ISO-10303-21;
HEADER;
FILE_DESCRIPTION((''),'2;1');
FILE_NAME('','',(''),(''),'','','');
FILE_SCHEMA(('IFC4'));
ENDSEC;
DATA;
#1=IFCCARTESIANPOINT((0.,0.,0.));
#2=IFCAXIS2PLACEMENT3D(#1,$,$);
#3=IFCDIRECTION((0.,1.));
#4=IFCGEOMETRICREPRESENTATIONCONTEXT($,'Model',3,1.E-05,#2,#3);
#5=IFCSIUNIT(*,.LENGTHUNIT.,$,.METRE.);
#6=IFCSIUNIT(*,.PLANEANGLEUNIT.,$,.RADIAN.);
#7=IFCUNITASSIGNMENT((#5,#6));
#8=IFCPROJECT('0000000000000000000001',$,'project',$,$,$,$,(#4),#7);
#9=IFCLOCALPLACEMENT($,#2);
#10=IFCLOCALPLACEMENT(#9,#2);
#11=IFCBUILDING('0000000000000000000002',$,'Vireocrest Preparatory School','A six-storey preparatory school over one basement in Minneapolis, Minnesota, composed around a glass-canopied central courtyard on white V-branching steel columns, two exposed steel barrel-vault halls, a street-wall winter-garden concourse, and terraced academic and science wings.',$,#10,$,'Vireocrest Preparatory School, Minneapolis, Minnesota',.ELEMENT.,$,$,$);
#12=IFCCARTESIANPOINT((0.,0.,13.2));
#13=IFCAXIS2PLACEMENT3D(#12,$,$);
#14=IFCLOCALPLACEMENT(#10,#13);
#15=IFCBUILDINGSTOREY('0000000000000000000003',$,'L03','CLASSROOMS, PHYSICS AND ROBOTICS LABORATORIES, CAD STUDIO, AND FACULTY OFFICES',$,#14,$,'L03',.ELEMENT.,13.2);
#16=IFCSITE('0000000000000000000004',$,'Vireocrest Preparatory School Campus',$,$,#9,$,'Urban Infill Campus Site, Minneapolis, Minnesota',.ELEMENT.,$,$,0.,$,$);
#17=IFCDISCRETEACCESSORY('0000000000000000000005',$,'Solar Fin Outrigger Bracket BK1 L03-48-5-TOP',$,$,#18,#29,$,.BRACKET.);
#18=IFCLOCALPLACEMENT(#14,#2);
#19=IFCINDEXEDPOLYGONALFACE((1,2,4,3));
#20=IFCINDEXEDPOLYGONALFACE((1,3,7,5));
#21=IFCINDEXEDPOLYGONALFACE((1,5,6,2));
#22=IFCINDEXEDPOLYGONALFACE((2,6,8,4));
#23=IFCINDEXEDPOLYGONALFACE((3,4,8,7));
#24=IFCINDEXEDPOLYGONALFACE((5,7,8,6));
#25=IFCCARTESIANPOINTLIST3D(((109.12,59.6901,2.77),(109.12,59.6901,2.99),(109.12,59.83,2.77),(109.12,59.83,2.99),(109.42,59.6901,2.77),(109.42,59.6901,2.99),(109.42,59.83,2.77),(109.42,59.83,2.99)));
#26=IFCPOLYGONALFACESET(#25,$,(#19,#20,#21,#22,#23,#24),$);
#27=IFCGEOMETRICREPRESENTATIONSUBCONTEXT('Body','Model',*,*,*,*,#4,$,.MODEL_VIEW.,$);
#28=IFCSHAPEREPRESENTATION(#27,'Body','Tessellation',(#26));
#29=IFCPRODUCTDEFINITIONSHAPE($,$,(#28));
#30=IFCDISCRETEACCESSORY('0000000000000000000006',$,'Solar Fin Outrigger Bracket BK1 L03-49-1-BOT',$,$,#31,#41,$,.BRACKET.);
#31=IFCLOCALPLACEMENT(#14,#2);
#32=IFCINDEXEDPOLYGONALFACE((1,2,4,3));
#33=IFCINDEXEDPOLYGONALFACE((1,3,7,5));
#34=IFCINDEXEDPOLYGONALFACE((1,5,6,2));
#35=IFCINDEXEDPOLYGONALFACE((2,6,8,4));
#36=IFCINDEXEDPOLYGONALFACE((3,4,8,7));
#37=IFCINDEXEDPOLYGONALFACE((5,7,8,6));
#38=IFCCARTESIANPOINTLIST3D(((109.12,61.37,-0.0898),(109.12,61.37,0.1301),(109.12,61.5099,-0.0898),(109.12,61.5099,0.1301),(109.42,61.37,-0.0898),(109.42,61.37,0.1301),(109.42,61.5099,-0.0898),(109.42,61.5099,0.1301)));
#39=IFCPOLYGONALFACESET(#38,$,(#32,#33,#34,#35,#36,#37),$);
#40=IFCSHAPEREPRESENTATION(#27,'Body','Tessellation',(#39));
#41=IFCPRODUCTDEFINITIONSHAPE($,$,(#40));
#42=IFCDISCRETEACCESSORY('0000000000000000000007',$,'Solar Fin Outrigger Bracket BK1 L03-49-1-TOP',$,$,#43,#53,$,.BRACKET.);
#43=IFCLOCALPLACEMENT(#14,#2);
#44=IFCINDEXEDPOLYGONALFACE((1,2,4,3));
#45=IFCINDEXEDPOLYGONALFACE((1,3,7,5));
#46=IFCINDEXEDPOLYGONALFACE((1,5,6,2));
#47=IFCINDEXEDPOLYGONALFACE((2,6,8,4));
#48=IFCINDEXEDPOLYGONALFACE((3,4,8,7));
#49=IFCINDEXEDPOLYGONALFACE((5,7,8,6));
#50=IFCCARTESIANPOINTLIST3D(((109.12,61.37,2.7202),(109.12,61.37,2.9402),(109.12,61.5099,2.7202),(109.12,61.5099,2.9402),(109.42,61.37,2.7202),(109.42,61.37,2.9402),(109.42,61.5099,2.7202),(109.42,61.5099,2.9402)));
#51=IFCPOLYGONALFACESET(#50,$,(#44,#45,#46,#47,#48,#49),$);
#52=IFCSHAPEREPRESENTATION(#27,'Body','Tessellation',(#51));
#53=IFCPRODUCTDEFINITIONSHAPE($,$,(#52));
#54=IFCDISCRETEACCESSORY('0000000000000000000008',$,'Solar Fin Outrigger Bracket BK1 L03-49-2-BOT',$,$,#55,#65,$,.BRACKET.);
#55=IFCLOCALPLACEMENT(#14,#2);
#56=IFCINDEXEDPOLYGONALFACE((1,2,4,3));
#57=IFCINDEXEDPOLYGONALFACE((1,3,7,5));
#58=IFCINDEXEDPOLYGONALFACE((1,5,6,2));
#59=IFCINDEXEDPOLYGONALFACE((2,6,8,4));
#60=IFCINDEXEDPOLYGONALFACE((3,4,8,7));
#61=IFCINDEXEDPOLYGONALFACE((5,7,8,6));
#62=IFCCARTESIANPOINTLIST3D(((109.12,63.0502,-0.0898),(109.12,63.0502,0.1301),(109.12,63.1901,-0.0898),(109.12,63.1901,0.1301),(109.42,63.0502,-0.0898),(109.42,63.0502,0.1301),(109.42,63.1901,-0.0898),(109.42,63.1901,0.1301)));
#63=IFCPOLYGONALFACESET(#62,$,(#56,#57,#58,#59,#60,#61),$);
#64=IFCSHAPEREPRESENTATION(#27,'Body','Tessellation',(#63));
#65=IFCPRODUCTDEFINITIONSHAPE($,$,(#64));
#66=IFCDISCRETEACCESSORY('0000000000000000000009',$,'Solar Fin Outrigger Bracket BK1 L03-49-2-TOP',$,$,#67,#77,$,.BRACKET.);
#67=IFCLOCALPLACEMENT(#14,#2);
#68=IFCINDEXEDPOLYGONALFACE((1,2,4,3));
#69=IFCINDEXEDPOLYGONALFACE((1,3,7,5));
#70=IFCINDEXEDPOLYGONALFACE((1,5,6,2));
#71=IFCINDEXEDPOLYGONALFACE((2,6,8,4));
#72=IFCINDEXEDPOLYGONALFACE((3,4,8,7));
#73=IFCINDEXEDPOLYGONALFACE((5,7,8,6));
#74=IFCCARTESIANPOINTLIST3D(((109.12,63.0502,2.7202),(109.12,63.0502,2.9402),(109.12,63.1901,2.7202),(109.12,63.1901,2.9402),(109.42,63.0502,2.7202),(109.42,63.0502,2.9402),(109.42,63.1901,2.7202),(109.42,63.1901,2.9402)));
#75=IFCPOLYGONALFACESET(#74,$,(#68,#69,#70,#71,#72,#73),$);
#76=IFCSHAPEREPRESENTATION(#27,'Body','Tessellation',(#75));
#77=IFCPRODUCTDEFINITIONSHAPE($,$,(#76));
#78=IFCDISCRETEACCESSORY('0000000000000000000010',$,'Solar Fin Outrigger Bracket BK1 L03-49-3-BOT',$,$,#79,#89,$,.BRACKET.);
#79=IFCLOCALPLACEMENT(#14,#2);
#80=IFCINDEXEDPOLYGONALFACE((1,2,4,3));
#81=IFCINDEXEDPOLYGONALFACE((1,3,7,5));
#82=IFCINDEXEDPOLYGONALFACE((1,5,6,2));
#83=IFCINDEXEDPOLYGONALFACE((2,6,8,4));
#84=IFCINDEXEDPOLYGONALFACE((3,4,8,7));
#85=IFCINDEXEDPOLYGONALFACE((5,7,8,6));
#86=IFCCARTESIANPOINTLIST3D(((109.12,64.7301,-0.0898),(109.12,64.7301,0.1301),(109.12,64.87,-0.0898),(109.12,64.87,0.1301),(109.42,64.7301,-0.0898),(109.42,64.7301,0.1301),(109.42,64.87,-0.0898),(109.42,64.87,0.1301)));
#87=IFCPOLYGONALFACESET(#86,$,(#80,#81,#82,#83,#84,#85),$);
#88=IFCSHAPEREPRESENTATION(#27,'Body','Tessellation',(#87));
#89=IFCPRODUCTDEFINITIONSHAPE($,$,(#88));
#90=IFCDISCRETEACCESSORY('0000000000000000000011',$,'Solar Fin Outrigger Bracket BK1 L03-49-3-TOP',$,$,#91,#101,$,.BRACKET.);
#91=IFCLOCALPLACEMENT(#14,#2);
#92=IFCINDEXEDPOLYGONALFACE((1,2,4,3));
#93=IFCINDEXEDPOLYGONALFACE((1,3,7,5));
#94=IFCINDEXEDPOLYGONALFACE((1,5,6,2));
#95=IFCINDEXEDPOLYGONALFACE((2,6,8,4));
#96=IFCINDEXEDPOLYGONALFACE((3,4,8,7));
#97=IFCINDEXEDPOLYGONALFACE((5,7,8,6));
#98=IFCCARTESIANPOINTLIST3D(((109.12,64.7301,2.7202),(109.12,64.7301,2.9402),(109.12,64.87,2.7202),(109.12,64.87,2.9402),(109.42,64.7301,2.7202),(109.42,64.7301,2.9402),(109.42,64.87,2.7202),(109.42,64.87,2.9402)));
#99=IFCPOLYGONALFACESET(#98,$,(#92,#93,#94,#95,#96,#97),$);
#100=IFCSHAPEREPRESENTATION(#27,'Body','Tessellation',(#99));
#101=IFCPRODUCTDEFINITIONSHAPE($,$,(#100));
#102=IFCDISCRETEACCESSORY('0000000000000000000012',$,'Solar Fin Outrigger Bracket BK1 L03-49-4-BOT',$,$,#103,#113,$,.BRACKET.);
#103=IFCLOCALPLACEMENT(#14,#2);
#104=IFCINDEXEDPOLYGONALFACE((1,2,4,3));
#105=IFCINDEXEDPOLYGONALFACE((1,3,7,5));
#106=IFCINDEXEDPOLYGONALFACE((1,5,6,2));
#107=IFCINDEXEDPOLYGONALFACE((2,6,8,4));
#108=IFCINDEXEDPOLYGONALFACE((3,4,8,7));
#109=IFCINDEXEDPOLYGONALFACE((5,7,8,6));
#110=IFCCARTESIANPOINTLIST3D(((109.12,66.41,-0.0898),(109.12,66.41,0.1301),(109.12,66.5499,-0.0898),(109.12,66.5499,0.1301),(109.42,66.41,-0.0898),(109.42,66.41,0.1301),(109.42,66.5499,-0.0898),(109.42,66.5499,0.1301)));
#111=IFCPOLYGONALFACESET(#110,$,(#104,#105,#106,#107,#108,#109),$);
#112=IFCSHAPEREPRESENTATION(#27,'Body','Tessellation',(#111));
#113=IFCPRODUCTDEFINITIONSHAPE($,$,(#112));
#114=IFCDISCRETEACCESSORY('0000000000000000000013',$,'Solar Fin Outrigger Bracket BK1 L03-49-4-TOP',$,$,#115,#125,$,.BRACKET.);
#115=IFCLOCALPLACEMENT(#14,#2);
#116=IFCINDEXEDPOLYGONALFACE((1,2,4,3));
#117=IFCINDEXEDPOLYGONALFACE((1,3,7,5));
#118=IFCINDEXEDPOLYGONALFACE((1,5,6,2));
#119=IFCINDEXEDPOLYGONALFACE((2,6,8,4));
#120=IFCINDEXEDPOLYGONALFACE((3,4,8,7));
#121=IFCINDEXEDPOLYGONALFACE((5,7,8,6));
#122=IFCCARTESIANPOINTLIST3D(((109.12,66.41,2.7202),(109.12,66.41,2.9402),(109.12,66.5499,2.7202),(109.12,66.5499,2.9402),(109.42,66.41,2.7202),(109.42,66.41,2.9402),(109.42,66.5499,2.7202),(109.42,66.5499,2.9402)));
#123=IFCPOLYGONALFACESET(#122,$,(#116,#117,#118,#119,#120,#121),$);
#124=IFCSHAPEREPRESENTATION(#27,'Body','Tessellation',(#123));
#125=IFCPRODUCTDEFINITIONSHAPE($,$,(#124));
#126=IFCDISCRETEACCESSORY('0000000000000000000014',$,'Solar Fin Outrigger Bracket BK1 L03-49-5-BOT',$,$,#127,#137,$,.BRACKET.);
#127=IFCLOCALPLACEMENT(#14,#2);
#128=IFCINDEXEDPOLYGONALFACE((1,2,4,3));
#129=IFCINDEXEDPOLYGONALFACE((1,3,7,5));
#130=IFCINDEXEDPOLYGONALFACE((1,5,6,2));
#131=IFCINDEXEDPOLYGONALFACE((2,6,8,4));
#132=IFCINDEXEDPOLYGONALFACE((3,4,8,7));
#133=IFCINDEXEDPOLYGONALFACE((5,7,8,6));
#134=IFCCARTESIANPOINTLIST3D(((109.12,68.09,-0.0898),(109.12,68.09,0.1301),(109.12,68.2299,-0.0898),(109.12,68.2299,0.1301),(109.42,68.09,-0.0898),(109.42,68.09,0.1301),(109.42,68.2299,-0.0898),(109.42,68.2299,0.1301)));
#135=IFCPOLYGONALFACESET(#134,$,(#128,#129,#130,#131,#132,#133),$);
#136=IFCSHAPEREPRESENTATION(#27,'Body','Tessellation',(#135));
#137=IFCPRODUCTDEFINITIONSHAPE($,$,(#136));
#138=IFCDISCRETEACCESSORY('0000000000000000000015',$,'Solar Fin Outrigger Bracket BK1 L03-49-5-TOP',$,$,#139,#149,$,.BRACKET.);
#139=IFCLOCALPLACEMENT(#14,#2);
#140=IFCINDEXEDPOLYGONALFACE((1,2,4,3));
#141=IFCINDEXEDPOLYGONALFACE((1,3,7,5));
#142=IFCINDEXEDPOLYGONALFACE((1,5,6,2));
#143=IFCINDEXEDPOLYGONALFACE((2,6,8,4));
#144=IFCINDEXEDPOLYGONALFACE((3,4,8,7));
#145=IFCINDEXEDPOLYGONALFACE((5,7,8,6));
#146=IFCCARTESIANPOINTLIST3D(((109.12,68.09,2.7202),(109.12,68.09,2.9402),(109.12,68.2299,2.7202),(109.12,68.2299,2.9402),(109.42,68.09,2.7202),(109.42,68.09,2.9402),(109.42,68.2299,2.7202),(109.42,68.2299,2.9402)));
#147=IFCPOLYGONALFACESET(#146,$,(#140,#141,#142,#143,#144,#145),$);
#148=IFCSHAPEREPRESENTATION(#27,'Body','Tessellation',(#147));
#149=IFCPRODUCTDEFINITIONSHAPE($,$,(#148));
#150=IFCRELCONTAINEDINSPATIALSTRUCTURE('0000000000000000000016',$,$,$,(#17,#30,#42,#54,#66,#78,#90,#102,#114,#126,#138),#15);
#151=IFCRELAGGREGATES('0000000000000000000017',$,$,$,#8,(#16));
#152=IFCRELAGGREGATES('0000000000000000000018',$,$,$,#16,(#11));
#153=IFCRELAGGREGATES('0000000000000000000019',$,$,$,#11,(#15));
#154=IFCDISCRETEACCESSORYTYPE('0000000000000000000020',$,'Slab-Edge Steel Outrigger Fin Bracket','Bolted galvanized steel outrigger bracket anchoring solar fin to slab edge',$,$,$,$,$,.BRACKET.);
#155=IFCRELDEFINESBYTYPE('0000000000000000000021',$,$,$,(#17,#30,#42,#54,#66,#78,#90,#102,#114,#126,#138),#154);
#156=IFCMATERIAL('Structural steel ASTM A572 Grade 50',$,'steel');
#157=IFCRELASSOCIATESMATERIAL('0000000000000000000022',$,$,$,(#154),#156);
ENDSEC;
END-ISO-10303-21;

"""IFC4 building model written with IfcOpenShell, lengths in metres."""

from ifc_helpers import new_model, si_unit, direction, frame, origin, origin_2d, place, context, subcontext, project, spatial, rectangle, extrude, material, type_object, element, save


model = new_model("IFC4")

# Units and contexts
model_context = context("Model", 3, precision=1e-05, world=origin(), true_north=direction((0.0, 1.0)))
body_context = subcontext(model_context, "Body", "Model", "MODEL_VIEW")
ifc_project = project(units=[si_unit("LENGTHUNIT", "METRE"), si_unit("PLANEANGLEUNIT", "RADIAN")], contexts=[model_context])

# Site, building, storey
site_placement = place(None, origin())
site = spatial("IfcSite", under=ifc_project, at=site_placement, Name="Vireocrest Preparatory School Campus", LongName="Urban Infill Campus Site, Minneapolis, Minnesota", CompositionType="ELEMENT", RefElevation=0.0)
building_placement = place(site_placement, origin())
building = spatial("IfcBuilding", under=site, at=building_placement, Name="Vireocrest Preparatory School", Description="A six-storey preparatory school over one basement in Minneapolis, Minnesota, composed around a glass-canopied central courtyard on white V-branching steel columns, two exposed steel barrel-vault halls, a street-wall winter-garden concourse, and terraced academic and science wings.", LongName="Vireocrest Preparatory School, Minneapolis, Minnesota", CompositionType="ELEMENT")
storey_placement = place(building_placement, frame((0.0, 0.0, 13.2)))
storey = spatial("IfcBuildingStorey", under=building, at=storey_placement, Name="L03", Description="CLASSROOMS, PHYSICS AND ROBOTICS LABORATORIES, CAD STUDIO, AND FACULTY OFFICES", LongName="L03", CompositionType="ELEMENT", Elevation=13.2)

# Discrete accessories
ifc_material_1 = material(Name="Structural steel ASTM A572 Grade 50", Category="steel")
discrete_accessory_type = type_object("IfcDiscreteAccessoryType", Name="Slab-Edge Steel Outrigger Fin Bracket", Description="Bolted galvanized steel outrigger bracket anchoring solar fin to slab edge", PredefinedType="BRACKET", material=ifc_material_1)
for number, where, z_axis, x_axis, name in (
    (1, (109.27, 59.76, 2.77), (0.0, 0.0, 1.0), (0.0, -1.0, 0.0), "Solar Fin Outrigger Bracket BK1 L03-48-5-TOP"),
    (2, (109.27, 61.4399, -0.0898), (0.0, 0.0, 1.0), (0.0, -1.0, 0.0), "Solar Fin Outrigger Bracket BK1 L03-49-1-BOT"),
    (3, (109.27, 61.4399, 2.7202), (0.0, 0.0, 1.0), (0.0, -1.0, 0.0), "Solar Fin Outrigger Bracket BK1 L03-49-1-TOP"),
    (4, (109.27, 63.1201, -0.0898), (0.0, 0.0, 1.0), (0.0, -1.0, 0.0), "Solar Fin Outrigger Bracket BK1 L03-49-2-BOT"),
    (5, (109.27, 63.1201, 2.7202), (0.0, 0.0, 1.0), (0.0, -1.0, 0.0), "Solar Fin Outrigger Bracket BK1 L03-49-2-TOP"),
    (6, (109.27, 64.8, -0.0898), (0.0, 0.0, 1.0), (0.0, -1.0, 0.0), "Solar Fin Outrigger Bracket BK1 L03-49-3-BOT"),
    (7, (109.27, 64.8, 2.7202), (0.0, 0.0, 1.0), (0.0, -1.0, 0.0), "Solar Fin Outrigger Bracket BK1 L03-49-3-TOP"),
    (8, (109.27, 66.48, -0.0898), (0.0, 0.0, 1.0), (0.0, -1.0, 0.0), "Solar Fin Outrigger Bracket BK1 L03-49-4-BOT"),
    (9, (109.27, 66.48, 2.7202), (0.0, 0.0, 1.0), (0.0, -1.0, 0.0), "Solar Fin Outrigger Bracket BK1 L03-49-4-TOP"),
    (10, (109.27, 68.1599, -0.0898), (0.0, 0.0, 1.0), (0.0, -1.0, 0.0), "Solar Fin Outrigger Bracket BK1 L03-49-5-BOT"),
    (11, (109.27, 68.1599, 2.7202), (0.0, 0.0, 1.0), (0.0, -1.0, 0.0), "Solar Fin Outrigger Bracket BK1 L03-49-5-TOP"),
):
    element("IfcDiscreteAccessory", number, at=place(storey_placement, frame(where, z_axis=z_axis, x_axis=x_axis)), inside=storey, type_object=discrete_accessory_type, Name=name, PredefinedType="BRACKET", context=body_context, shape_type="SweptSolid", body=[
        extrude(rectangle(XDim=0.1399, YDim=0.3, at=origin_2d()), origin(), (0.0, 0.0, 1.0), 0.22),
    ])

save(model, "model.ifc")
